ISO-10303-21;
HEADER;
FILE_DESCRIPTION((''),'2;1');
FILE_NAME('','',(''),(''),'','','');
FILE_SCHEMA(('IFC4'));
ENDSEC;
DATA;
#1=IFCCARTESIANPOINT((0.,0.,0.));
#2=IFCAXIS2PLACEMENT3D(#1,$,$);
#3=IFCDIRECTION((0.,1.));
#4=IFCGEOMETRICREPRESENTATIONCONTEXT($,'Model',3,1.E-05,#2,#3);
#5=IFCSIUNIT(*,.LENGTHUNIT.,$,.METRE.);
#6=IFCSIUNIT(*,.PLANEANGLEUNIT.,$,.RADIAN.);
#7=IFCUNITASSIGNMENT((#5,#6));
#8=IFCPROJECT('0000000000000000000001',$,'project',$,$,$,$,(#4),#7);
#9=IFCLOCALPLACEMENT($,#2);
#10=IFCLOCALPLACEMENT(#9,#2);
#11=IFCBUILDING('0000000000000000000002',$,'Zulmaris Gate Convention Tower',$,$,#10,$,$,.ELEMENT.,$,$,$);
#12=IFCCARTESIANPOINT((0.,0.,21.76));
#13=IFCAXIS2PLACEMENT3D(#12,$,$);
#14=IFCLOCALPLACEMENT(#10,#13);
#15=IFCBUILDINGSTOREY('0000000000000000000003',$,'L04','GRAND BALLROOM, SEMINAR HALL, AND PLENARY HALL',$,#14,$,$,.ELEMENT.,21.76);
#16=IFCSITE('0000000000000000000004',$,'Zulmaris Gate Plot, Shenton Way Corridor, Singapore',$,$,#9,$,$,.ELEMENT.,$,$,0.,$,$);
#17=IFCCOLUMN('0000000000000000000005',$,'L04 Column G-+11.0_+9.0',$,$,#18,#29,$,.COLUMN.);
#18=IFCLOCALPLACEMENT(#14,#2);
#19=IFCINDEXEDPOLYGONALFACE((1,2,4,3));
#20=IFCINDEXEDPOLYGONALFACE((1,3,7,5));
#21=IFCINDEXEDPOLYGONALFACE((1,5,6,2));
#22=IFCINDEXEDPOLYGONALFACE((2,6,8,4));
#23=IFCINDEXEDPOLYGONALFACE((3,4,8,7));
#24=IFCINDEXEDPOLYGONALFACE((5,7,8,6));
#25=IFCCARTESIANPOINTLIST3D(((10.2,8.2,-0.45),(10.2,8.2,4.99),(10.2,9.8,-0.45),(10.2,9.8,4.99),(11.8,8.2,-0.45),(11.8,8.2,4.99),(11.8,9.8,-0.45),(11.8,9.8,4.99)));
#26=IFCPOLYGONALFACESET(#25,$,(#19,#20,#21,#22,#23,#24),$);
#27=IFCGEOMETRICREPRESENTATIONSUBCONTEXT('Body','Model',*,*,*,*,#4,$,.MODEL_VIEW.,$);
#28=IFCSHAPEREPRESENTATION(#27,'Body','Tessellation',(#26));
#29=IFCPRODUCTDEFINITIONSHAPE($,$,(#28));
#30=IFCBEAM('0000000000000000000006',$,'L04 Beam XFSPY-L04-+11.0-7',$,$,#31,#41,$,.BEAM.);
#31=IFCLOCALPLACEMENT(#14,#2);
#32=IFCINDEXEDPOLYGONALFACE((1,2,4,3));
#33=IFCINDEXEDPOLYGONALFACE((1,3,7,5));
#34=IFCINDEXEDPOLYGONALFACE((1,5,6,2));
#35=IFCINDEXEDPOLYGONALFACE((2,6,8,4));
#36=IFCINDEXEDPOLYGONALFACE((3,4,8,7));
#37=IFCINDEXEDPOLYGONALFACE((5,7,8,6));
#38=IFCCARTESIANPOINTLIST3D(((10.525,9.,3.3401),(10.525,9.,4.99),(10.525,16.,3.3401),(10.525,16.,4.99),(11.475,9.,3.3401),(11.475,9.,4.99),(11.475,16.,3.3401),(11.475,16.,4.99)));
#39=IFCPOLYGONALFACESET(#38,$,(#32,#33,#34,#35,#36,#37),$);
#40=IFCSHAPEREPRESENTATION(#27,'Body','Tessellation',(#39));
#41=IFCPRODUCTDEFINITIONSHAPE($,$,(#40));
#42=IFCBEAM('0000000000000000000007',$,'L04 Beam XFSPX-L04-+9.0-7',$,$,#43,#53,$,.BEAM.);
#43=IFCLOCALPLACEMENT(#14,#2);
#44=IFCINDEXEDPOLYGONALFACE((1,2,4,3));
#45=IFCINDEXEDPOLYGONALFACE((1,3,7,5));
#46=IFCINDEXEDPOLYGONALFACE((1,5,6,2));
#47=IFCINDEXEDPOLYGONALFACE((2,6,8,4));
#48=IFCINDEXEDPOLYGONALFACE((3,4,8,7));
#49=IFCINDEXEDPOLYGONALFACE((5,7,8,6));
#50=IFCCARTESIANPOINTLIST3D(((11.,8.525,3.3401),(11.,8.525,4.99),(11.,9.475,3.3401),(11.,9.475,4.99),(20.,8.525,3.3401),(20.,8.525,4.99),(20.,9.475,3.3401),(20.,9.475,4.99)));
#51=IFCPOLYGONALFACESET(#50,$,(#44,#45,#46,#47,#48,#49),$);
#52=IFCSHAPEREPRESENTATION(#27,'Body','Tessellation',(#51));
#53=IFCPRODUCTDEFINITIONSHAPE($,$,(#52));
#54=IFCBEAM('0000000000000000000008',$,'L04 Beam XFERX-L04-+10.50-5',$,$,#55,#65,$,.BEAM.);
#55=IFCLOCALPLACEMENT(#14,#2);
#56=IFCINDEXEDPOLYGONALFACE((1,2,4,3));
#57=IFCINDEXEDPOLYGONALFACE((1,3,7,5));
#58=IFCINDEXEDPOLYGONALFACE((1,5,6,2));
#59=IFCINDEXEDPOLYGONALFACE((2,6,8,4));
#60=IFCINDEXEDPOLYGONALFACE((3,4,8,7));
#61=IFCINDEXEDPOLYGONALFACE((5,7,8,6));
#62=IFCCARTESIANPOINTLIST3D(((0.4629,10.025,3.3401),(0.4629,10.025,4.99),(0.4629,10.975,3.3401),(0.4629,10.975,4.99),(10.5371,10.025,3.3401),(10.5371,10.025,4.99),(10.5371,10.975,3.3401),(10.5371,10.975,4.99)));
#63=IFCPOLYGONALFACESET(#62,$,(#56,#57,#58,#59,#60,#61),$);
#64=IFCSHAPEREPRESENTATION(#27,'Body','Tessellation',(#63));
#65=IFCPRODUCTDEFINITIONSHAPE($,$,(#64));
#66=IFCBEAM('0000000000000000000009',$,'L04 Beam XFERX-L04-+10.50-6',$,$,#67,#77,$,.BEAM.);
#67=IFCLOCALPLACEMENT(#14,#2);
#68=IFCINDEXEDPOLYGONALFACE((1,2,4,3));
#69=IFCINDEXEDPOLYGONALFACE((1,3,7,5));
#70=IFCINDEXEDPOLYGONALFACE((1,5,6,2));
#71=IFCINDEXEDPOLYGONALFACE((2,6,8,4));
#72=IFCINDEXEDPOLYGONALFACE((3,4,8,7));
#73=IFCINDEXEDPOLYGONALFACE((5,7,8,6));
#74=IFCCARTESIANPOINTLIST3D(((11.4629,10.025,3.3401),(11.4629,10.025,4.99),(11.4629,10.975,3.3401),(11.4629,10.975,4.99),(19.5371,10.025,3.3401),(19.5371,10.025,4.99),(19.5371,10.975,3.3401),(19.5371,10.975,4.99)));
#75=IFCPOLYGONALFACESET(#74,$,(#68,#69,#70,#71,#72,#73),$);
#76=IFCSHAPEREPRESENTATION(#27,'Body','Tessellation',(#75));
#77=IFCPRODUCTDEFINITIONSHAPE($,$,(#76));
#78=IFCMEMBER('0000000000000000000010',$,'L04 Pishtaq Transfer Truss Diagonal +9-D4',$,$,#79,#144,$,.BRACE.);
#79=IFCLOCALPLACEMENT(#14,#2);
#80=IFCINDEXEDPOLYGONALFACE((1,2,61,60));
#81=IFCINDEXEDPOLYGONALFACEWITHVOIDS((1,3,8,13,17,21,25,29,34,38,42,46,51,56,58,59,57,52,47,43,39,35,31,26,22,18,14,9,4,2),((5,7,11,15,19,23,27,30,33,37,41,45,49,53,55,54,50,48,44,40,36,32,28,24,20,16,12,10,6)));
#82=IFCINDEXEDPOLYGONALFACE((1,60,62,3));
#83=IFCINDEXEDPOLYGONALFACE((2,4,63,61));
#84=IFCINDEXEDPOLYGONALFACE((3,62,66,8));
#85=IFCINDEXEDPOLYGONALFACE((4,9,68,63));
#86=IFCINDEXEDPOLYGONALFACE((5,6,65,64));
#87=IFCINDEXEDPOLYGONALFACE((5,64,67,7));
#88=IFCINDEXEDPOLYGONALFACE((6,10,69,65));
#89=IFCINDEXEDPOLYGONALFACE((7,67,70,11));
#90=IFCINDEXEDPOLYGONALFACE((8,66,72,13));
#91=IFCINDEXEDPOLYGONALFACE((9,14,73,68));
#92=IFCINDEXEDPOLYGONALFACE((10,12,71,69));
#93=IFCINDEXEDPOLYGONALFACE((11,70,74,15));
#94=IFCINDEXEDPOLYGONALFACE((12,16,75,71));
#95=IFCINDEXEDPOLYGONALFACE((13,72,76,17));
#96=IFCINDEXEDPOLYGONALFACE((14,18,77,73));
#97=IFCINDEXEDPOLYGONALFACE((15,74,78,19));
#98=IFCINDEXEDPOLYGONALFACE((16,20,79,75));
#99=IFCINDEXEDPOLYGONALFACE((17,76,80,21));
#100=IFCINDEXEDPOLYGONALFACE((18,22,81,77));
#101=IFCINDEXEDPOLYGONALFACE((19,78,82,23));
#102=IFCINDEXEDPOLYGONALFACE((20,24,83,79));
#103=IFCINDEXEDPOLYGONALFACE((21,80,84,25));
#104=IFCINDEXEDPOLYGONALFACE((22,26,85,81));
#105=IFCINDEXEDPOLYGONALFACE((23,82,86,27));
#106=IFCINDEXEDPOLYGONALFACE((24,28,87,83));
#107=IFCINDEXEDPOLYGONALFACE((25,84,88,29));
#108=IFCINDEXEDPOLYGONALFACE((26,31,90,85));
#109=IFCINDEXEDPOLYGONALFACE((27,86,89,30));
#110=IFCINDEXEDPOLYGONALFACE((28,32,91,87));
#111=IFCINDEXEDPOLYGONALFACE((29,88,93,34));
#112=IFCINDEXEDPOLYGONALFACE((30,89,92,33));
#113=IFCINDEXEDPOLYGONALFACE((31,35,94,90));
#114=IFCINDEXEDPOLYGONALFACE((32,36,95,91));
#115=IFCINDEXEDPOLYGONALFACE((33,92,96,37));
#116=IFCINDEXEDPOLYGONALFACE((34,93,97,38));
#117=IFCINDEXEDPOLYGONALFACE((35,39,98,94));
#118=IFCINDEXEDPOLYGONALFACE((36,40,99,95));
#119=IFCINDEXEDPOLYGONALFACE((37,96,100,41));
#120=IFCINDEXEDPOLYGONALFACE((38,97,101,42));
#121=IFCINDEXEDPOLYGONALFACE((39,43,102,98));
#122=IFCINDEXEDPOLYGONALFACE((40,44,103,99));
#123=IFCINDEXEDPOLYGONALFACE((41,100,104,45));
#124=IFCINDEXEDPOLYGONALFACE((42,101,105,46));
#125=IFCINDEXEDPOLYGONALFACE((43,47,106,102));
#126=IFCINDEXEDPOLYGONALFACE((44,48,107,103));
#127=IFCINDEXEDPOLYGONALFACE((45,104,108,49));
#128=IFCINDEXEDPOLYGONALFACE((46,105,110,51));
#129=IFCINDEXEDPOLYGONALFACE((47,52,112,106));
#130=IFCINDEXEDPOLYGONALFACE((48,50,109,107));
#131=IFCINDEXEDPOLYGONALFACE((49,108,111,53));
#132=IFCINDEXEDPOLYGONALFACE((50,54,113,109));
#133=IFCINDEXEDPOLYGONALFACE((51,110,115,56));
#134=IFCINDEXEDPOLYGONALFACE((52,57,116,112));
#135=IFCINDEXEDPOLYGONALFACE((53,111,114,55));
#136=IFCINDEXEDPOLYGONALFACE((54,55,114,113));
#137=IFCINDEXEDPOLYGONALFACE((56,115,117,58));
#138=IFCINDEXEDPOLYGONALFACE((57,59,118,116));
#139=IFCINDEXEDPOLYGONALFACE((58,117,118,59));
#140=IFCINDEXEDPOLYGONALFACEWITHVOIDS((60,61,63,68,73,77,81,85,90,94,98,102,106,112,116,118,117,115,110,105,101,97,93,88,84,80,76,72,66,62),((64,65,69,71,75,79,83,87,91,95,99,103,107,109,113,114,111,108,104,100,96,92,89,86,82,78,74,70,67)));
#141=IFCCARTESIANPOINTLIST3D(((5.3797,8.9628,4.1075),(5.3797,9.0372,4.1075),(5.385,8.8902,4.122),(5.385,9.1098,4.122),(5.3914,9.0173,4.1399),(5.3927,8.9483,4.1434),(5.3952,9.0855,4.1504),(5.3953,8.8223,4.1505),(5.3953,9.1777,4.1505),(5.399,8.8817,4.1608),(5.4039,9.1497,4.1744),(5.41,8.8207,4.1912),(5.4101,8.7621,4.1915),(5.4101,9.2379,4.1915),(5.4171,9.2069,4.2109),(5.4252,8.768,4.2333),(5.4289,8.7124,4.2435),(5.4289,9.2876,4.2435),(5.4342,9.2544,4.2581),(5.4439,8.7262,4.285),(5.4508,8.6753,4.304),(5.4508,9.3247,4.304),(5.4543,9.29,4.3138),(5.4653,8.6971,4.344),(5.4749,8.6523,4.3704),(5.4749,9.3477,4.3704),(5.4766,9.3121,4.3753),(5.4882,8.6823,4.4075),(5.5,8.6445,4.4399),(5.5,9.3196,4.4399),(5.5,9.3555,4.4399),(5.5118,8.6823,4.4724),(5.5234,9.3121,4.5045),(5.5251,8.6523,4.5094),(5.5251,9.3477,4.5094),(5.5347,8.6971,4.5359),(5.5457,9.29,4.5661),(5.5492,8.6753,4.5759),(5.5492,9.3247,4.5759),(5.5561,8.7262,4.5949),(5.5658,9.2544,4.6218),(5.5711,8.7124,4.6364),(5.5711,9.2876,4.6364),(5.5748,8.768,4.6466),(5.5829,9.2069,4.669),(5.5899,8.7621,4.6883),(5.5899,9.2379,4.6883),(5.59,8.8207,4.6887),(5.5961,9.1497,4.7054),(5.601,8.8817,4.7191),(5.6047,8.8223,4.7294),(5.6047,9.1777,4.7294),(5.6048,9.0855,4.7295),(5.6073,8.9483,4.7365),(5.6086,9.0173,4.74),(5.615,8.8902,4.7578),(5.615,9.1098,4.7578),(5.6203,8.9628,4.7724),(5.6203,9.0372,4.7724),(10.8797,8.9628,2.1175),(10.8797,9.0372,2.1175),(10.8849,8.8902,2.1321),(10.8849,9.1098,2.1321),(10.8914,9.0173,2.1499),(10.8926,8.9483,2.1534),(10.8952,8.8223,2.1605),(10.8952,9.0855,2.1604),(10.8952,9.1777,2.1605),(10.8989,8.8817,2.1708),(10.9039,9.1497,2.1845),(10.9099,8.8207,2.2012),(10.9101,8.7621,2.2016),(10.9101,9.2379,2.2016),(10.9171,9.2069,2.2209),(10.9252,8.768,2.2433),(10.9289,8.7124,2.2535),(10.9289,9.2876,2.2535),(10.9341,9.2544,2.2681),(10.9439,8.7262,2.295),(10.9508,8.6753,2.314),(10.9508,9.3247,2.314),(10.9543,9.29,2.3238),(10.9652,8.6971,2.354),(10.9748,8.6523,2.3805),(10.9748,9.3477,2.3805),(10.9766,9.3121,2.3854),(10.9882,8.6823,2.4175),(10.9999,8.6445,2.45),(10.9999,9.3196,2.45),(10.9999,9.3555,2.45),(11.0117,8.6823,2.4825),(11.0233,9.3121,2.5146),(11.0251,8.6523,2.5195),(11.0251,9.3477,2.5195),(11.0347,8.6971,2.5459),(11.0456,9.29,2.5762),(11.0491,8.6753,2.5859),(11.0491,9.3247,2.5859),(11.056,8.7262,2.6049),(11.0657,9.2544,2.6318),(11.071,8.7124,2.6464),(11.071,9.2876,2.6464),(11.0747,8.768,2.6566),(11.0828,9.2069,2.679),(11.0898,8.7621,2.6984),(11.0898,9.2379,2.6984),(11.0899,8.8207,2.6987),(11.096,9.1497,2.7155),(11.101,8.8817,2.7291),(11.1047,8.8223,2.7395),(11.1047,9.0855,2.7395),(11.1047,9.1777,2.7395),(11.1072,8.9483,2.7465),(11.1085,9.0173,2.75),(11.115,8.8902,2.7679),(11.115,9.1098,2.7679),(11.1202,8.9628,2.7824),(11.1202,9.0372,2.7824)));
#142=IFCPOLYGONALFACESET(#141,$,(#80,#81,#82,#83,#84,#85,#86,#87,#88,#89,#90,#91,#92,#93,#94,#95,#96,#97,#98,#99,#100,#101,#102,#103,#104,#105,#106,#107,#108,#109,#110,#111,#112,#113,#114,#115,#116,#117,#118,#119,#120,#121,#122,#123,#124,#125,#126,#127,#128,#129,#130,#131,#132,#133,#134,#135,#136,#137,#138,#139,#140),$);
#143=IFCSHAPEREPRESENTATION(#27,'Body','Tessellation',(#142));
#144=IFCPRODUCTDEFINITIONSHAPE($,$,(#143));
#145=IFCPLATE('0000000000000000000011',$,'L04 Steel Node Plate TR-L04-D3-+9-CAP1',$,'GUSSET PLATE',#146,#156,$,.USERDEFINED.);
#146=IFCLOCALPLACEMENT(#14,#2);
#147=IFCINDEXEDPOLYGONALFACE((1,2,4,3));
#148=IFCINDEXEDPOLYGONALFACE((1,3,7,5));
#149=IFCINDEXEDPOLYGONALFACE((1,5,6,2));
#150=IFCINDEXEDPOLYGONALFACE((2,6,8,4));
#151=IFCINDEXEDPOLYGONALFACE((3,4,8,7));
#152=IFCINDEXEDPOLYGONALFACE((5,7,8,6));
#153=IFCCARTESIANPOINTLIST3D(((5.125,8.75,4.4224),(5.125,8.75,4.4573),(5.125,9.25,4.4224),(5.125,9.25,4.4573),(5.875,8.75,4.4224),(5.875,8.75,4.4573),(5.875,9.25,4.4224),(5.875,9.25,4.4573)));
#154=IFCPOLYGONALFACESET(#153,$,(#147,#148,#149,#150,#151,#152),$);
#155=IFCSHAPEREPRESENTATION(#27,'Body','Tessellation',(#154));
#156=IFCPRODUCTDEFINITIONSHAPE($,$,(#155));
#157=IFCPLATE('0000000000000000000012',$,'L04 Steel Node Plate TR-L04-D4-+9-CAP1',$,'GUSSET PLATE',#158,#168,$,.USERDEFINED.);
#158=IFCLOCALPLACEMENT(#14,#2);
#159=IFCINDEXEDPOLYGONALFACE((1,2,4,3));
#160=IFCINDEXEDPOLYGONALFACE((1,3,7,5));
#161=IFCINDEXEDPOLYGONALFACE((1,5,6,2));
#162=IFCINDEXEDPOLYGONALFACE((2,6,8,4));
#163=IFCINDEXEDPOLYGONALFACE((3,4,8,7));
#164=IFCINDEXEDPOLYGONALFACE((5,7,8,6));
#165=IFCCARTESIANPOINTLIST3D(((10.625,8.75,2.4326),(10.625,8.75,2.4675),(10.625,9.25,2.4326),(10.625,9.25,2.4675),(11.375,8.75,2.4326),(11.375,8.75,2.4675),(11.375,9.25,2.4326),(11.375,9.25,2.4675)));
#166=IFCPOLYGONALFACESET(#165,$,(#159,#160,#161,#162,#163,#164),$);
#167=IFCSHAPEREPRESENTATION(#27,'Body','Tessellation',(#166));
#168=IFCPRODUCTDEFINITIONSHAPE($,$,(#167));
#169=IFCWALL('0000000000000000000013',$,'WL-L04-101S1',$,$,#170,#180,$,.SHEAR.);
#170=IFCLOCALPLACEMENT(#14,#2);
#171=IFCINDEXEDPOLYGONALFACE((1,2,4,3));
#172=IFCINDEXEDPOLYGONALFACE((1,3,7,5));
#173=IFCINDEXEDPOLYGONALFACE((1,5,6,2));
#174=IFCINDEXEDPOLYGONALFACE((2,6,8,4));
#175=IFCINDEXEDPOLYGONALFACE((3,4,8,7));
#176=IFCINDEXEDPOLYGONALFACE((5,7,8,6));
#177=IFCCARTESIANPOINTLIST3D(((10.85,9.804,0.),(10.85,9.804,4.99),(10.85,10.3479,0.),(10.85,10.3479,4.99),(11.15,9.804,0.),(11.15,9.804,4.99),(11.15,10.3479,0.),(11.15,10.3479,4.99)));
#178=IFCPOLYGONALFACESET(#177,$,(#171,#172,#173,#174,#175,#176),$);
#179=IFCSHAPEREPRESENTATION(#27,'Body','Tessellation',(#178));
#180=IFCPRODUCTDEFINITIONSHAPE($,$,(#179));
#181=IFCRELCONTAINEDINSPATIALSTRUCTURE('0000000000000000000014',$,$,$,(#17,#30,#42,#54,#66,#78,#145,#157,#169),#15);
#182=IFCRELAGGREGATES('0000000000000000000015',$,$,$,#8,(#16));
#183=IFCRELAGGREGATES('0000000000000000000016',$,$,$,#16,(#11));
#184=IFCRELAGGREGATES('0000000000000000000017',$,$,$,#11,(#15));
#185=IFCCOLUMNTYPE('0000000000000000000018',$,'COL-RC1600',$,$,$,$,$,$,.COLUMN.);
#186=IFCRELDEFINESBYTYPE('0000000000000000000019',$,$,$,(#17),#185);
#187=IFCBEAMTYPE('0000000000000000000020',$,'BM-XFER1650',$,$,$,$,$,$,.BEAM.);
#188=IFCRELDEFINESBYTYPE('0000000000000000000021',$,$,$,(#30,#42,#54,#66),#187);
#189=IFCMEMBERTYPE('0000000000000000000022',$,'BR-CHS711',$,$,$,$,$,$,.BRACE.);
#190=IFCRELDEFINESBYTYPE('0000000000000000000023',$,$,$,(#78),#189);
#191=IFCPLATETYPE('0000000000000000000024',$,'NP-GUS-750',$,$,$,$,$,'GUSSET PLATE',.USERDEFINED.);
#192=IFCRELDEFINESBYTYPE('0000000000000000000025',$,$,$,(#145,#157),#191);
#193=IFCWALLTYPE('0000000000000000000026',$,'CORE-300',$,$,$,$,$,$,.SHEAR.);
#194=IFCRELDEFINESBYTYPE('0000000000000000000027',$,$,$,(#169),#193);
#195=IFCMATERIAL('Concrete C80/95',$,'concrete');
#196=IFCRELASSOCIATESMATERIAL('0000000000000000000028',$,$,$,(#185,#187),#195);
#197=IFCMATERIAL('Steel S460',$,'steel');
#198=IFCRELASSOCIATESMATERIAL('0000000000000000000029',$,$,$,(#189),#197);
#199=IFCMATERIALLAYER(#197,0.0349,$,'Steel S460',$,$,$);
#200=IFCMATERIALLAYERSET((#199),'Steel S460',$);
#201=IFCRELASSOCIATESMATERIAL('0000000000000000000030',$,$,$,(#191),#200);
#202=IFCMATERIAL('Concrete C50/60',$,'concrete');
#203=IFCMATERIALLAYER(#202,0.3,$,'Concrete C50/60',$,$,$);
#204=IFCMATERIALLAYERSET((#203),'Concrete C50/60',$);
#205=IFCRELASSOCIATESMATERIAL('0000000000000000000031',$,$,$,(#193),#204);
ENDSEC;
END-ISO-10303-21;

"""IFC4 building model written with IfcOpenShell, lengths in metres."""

from ifc_helpers import new_model, si_unit, direction, frame, frame_2d, origin, origin_2d, place, context, subcontext, project, spatial, rectangle, hollow_circle, extrude, material, layer, layer_set, material_profile, profile_set, type_object, element, save


model = new_model("IFC4")

# Units and contexts
model_context = context("Model", 3, precision=1e-05, world=origin(), true_north=direction((0.0, 1.0)))
body_context = subcontext(model_context, "Body", "Model", "MODEL_VIEW")
ifc_project = project(units=[si_unit("LENGTHUNIT", "METRE"), si_unit("PLANEANGLEUNIT", "RADIAN")], contexts=[model_context])

# Site, building, storey
site_placement = place(None, origin())
site = spatial("IfcSite", under=ifc_project, at=site_placement, Name="Zulmaris Gate Plot, Shenton Way Corridor, Singapore", CompositionType="ELEMENT", RefElevation=0.0)
building_placement = place(site_placement, origin())
building = spatial("IfcBuilding", under=site, at=building_placement, Name="Zulmaris Gate Convention Tower", CompositionType="ELEMENT")
storey_placement = place(building_placement, frame((0.0, 0.0, 21.76)))
storey = spatial("IfcBuildingStorey", under=building, at=storey_placement, Name="L04", Description="GRAND BALLROOM, SEMINAR HALL, AND PLENARY HALL", CompositionType="ELEMENT", Elevation=21.76)

# Column
ifc_material_1 = material(Name="Concrete C80/95", Category="concrete")
ifc_material_profile_1 = material_profile(ifc_material_1, rectangle(XDim=1.6001, YDim=1.6001, at=origin_2d()), Name="RC COL 1600x1600")
ifc_profile_set_1 = profile_set([ifc_material_profile_1], Name="Concrete C80/95")
column_type = type_object("IfcColumnType", Name="COL-RC1600", PredefinedType="COLUMN", material=ifc_profile_set_1)
column_placement = place(storey_placement, frame((11.0, 9.0, -0.45), z_axis=(0.0, 0.0, 1.0), x_axis=(1.0, 0.0, 0.0)))
element("IfcColumn", 1, at=column_placement, inside=storey, type_object=column_type, Name="L04 Column G-+11.0_+9.0", PredefinedType="COLUMN", context=body_context, shape_type="SweptSolid", body=[
    extrude(rectangle(XDim=1.6001, YDim=1.6001, at=origin_2d()), origin(), (0.0, 0.0, 1.0), 5.4399),
])

# Beams
ifc_material_profile_2 = material_profile(ifc_material_1, rectangle(XDim=0.95, YDim=1.6499, at=origin_2d()), Name="RC TRANSFER 950x1650")
ifc_profile_set_2 = profile_set([ifc_material_profile_2], Name="Concrete C80/95")
beam_type = type_object("IfcBeamType", Name="BM-XFER1650", PredefinedType="BEAM", material=ifc_profile_set_2)
beam_1_placement = place(storey_placement, frame((11.0, 9.0, 4.165), z_axis=(0.0, 1.0, 0.0), x_axis=(-1.0, 0.0, 0.0)))
element("IfcBeam", 2, at=beam_1_placement, inside=storey, type_object=beam_type, Name="L04 Beam XFSPY-L04-+11.0-7", PredefinedType="BEAM", context=body_context, shape_type="SweptSolid", body=[
    extrude(rectangle(XDim=0.95, YDim=1.6499, at=origin_2d()), origin(), (0.0, 0.0, 1.0), 7.0),
])
beam_2_placement = place(storey_placement, frame((11.0, 9.0, 4.165), z_axis=(1.0, 0.0, 0.0), x_axis=(0.0, 1.0, 0.0)))
element("IfcBeam", 3, at=beam_2_placement, inside=storey, type_object=beam_type, Name="L04 Beam XFSPX-L04-+9.0-7", PredefinedType="BEAM", context=body_context, shape_type="SweptSolid", body=[
    extrude(rectangle(XDim=0.95, YDim=1.6499, at=origin_2d()), origin(), (0.0, 0.0, 1.0), 9.0),
])
beam_3_placement = place(storey_placement, frame((0.4629, 10.5, 4.165), z_axis=(1.0, 0.0, 0.0), x_axis=(0.0, 1.0, 0.0)))
element("IfcBeam", 4, at=beam_3_placement, inside=storey, type_object=beam_type, Name="L04 Beam XFERX-L04-+10.50-5", PredefinedType="BEAM", context=body_context, shape_type="SweptSolid", body=[
    extrude(rectangle(XDim=0.95, YDim=1.6499, at=origin_2d()), origin(), (0.0, 0.0, 1.0), 10.0742),
])
beam_4_placement = place(storey_placement, frame((11.4629, 10.5, 4.165), z_axis=(1.0, 0.0, 0.0), x_axis=(0.0, 1.0, 0.0)))
element("IfcBeam", 5, at=beam_4_placement, inside=storey, type_object=beam_type, Name="L04 Beam XFERX-L04-+10.50-6", PredefinedType="BEAM", context=body_context, shape_type="SweptSolid", body=[
    extrude(rectangle(XDim=0.95, YDim=1.6499, at=origin_2d()), origin(), (0.0, 0.0, 1.0), 8.0742),
])

# Member
ifc_material_2 = material(Name="Steel S460", Category="steel")
ifc_material_profile_3 = material_profile(ifc_material_2, hollow_circle(Radius=0.3555, WallThickness=0.0359, at=origin_2d()), Name="CHS 711x36")
ifc_profile_set_3 = profile_set([ifc_material_profile_3], Name="Steel S460")
member_type = type_object("IfcMemberType", Name="BR-CHS711", PredefinedType="BRACE", material=ifc_profile_set_3)
member_placement = place(storey_placement, frame((5.5, 9.0, 4.4399), z_axis=(0.940342, 0.0, -0.340231), x_axis=(0.0, 1.0, 0.0)))
element("IfcMember", 6, at=member_placement, inside=storey, type_object=member_type, Name="L04 Pishtaq Transfer Truss Diagonal +9-D4", PredefinedType="BRACE", context=body_context, shape_type="SweptSolid", body=[
    extrude(hollow_circle(Radius=0.3555, WallThickness=0.0359, at=origin_2d()), origin(), (0.0, 0.0, 1.0), 5.8489),
])

# Plates
ifc_layer_1 = layer(ifc_material_2, 0.0349, Name="Steel S460")
ifc_layer_set_1 = layer_set([ifc_layer_1], Name="Steel S460")
plate_type = type_object("IfcPlateType", Name="NP-GUS-750", ElementType="GUSSET PLATE", PredefinedType="USERDEFINED", material=ifc_layer_set_1)
for number, where, z_axis, x_axis, name in (
    (7, (5.5, 9.0, 4.4224), (0.0, 0.0, 1.0), (1.0, 0.0, 0.0), "L04 Steel Node Plate TR-L04-D3-+9-CAP1"),
    (8, (11.0, 9.0, 2.4326), (0.0, 0.0, 1.0), (1.0, 0.0, 0.0), "L04 Steel Node Plate TR-L04-D4-+9-CAP1"),
):
    element("IfcPlate", number, at=place(storey_placement, frame(where, z_axis=z_axis, x_axis=x_axis)), inside=storey, type_object=plate_type, Name=name, ObjectType="GUSSET PLATE", PredefinedType="USERDEFINED", context=body_context, shape_type="SweptSolid", body=[
        extrude(rectangle(XDim=0.75, YDim=0.5, at=origin_2d()), origin(), (0.0, 0.0, 1.0), 0.0349),
    ])

# Shared definitions
ifc_material_3 = material(Name="Concrete C50/60", Category="concrete")
ifc_layer_2 = layer(ifc_material_3, 0.3, Name="Concrete C50/60")
ifc_layer_set_2 = layer_set([ifc_layer_2], Name="Concrete C50/60")
wall_type_1 = type_object("IfcWallType", Name="CORE-300", PredefinedType="SHEAR", material=ifc_layer_set_2)

# Wall
wall_1_placement = place(storey_placement, frame((11.0, 9.804, 0.0), z_axis=(0.0, 0.0, 1.0), x_axis=(0.0, 1.0, 0.0)))
element("IfcWall", 9, at=wall_1_placement, inside=storey, type_object=wall_type_1, Name="WL-L04-101S1", PredefinedType="SHEAR", context=body_context, shape_type="SweptSolid", body=[
    extrude(rectangle(XDim=0.5439, YDim=0.3, at=frame_2d((0.272, 0.0))), origin(), (0.0, 0.0, 1.0), 4.99),
])

save(model, "model.ifc")
